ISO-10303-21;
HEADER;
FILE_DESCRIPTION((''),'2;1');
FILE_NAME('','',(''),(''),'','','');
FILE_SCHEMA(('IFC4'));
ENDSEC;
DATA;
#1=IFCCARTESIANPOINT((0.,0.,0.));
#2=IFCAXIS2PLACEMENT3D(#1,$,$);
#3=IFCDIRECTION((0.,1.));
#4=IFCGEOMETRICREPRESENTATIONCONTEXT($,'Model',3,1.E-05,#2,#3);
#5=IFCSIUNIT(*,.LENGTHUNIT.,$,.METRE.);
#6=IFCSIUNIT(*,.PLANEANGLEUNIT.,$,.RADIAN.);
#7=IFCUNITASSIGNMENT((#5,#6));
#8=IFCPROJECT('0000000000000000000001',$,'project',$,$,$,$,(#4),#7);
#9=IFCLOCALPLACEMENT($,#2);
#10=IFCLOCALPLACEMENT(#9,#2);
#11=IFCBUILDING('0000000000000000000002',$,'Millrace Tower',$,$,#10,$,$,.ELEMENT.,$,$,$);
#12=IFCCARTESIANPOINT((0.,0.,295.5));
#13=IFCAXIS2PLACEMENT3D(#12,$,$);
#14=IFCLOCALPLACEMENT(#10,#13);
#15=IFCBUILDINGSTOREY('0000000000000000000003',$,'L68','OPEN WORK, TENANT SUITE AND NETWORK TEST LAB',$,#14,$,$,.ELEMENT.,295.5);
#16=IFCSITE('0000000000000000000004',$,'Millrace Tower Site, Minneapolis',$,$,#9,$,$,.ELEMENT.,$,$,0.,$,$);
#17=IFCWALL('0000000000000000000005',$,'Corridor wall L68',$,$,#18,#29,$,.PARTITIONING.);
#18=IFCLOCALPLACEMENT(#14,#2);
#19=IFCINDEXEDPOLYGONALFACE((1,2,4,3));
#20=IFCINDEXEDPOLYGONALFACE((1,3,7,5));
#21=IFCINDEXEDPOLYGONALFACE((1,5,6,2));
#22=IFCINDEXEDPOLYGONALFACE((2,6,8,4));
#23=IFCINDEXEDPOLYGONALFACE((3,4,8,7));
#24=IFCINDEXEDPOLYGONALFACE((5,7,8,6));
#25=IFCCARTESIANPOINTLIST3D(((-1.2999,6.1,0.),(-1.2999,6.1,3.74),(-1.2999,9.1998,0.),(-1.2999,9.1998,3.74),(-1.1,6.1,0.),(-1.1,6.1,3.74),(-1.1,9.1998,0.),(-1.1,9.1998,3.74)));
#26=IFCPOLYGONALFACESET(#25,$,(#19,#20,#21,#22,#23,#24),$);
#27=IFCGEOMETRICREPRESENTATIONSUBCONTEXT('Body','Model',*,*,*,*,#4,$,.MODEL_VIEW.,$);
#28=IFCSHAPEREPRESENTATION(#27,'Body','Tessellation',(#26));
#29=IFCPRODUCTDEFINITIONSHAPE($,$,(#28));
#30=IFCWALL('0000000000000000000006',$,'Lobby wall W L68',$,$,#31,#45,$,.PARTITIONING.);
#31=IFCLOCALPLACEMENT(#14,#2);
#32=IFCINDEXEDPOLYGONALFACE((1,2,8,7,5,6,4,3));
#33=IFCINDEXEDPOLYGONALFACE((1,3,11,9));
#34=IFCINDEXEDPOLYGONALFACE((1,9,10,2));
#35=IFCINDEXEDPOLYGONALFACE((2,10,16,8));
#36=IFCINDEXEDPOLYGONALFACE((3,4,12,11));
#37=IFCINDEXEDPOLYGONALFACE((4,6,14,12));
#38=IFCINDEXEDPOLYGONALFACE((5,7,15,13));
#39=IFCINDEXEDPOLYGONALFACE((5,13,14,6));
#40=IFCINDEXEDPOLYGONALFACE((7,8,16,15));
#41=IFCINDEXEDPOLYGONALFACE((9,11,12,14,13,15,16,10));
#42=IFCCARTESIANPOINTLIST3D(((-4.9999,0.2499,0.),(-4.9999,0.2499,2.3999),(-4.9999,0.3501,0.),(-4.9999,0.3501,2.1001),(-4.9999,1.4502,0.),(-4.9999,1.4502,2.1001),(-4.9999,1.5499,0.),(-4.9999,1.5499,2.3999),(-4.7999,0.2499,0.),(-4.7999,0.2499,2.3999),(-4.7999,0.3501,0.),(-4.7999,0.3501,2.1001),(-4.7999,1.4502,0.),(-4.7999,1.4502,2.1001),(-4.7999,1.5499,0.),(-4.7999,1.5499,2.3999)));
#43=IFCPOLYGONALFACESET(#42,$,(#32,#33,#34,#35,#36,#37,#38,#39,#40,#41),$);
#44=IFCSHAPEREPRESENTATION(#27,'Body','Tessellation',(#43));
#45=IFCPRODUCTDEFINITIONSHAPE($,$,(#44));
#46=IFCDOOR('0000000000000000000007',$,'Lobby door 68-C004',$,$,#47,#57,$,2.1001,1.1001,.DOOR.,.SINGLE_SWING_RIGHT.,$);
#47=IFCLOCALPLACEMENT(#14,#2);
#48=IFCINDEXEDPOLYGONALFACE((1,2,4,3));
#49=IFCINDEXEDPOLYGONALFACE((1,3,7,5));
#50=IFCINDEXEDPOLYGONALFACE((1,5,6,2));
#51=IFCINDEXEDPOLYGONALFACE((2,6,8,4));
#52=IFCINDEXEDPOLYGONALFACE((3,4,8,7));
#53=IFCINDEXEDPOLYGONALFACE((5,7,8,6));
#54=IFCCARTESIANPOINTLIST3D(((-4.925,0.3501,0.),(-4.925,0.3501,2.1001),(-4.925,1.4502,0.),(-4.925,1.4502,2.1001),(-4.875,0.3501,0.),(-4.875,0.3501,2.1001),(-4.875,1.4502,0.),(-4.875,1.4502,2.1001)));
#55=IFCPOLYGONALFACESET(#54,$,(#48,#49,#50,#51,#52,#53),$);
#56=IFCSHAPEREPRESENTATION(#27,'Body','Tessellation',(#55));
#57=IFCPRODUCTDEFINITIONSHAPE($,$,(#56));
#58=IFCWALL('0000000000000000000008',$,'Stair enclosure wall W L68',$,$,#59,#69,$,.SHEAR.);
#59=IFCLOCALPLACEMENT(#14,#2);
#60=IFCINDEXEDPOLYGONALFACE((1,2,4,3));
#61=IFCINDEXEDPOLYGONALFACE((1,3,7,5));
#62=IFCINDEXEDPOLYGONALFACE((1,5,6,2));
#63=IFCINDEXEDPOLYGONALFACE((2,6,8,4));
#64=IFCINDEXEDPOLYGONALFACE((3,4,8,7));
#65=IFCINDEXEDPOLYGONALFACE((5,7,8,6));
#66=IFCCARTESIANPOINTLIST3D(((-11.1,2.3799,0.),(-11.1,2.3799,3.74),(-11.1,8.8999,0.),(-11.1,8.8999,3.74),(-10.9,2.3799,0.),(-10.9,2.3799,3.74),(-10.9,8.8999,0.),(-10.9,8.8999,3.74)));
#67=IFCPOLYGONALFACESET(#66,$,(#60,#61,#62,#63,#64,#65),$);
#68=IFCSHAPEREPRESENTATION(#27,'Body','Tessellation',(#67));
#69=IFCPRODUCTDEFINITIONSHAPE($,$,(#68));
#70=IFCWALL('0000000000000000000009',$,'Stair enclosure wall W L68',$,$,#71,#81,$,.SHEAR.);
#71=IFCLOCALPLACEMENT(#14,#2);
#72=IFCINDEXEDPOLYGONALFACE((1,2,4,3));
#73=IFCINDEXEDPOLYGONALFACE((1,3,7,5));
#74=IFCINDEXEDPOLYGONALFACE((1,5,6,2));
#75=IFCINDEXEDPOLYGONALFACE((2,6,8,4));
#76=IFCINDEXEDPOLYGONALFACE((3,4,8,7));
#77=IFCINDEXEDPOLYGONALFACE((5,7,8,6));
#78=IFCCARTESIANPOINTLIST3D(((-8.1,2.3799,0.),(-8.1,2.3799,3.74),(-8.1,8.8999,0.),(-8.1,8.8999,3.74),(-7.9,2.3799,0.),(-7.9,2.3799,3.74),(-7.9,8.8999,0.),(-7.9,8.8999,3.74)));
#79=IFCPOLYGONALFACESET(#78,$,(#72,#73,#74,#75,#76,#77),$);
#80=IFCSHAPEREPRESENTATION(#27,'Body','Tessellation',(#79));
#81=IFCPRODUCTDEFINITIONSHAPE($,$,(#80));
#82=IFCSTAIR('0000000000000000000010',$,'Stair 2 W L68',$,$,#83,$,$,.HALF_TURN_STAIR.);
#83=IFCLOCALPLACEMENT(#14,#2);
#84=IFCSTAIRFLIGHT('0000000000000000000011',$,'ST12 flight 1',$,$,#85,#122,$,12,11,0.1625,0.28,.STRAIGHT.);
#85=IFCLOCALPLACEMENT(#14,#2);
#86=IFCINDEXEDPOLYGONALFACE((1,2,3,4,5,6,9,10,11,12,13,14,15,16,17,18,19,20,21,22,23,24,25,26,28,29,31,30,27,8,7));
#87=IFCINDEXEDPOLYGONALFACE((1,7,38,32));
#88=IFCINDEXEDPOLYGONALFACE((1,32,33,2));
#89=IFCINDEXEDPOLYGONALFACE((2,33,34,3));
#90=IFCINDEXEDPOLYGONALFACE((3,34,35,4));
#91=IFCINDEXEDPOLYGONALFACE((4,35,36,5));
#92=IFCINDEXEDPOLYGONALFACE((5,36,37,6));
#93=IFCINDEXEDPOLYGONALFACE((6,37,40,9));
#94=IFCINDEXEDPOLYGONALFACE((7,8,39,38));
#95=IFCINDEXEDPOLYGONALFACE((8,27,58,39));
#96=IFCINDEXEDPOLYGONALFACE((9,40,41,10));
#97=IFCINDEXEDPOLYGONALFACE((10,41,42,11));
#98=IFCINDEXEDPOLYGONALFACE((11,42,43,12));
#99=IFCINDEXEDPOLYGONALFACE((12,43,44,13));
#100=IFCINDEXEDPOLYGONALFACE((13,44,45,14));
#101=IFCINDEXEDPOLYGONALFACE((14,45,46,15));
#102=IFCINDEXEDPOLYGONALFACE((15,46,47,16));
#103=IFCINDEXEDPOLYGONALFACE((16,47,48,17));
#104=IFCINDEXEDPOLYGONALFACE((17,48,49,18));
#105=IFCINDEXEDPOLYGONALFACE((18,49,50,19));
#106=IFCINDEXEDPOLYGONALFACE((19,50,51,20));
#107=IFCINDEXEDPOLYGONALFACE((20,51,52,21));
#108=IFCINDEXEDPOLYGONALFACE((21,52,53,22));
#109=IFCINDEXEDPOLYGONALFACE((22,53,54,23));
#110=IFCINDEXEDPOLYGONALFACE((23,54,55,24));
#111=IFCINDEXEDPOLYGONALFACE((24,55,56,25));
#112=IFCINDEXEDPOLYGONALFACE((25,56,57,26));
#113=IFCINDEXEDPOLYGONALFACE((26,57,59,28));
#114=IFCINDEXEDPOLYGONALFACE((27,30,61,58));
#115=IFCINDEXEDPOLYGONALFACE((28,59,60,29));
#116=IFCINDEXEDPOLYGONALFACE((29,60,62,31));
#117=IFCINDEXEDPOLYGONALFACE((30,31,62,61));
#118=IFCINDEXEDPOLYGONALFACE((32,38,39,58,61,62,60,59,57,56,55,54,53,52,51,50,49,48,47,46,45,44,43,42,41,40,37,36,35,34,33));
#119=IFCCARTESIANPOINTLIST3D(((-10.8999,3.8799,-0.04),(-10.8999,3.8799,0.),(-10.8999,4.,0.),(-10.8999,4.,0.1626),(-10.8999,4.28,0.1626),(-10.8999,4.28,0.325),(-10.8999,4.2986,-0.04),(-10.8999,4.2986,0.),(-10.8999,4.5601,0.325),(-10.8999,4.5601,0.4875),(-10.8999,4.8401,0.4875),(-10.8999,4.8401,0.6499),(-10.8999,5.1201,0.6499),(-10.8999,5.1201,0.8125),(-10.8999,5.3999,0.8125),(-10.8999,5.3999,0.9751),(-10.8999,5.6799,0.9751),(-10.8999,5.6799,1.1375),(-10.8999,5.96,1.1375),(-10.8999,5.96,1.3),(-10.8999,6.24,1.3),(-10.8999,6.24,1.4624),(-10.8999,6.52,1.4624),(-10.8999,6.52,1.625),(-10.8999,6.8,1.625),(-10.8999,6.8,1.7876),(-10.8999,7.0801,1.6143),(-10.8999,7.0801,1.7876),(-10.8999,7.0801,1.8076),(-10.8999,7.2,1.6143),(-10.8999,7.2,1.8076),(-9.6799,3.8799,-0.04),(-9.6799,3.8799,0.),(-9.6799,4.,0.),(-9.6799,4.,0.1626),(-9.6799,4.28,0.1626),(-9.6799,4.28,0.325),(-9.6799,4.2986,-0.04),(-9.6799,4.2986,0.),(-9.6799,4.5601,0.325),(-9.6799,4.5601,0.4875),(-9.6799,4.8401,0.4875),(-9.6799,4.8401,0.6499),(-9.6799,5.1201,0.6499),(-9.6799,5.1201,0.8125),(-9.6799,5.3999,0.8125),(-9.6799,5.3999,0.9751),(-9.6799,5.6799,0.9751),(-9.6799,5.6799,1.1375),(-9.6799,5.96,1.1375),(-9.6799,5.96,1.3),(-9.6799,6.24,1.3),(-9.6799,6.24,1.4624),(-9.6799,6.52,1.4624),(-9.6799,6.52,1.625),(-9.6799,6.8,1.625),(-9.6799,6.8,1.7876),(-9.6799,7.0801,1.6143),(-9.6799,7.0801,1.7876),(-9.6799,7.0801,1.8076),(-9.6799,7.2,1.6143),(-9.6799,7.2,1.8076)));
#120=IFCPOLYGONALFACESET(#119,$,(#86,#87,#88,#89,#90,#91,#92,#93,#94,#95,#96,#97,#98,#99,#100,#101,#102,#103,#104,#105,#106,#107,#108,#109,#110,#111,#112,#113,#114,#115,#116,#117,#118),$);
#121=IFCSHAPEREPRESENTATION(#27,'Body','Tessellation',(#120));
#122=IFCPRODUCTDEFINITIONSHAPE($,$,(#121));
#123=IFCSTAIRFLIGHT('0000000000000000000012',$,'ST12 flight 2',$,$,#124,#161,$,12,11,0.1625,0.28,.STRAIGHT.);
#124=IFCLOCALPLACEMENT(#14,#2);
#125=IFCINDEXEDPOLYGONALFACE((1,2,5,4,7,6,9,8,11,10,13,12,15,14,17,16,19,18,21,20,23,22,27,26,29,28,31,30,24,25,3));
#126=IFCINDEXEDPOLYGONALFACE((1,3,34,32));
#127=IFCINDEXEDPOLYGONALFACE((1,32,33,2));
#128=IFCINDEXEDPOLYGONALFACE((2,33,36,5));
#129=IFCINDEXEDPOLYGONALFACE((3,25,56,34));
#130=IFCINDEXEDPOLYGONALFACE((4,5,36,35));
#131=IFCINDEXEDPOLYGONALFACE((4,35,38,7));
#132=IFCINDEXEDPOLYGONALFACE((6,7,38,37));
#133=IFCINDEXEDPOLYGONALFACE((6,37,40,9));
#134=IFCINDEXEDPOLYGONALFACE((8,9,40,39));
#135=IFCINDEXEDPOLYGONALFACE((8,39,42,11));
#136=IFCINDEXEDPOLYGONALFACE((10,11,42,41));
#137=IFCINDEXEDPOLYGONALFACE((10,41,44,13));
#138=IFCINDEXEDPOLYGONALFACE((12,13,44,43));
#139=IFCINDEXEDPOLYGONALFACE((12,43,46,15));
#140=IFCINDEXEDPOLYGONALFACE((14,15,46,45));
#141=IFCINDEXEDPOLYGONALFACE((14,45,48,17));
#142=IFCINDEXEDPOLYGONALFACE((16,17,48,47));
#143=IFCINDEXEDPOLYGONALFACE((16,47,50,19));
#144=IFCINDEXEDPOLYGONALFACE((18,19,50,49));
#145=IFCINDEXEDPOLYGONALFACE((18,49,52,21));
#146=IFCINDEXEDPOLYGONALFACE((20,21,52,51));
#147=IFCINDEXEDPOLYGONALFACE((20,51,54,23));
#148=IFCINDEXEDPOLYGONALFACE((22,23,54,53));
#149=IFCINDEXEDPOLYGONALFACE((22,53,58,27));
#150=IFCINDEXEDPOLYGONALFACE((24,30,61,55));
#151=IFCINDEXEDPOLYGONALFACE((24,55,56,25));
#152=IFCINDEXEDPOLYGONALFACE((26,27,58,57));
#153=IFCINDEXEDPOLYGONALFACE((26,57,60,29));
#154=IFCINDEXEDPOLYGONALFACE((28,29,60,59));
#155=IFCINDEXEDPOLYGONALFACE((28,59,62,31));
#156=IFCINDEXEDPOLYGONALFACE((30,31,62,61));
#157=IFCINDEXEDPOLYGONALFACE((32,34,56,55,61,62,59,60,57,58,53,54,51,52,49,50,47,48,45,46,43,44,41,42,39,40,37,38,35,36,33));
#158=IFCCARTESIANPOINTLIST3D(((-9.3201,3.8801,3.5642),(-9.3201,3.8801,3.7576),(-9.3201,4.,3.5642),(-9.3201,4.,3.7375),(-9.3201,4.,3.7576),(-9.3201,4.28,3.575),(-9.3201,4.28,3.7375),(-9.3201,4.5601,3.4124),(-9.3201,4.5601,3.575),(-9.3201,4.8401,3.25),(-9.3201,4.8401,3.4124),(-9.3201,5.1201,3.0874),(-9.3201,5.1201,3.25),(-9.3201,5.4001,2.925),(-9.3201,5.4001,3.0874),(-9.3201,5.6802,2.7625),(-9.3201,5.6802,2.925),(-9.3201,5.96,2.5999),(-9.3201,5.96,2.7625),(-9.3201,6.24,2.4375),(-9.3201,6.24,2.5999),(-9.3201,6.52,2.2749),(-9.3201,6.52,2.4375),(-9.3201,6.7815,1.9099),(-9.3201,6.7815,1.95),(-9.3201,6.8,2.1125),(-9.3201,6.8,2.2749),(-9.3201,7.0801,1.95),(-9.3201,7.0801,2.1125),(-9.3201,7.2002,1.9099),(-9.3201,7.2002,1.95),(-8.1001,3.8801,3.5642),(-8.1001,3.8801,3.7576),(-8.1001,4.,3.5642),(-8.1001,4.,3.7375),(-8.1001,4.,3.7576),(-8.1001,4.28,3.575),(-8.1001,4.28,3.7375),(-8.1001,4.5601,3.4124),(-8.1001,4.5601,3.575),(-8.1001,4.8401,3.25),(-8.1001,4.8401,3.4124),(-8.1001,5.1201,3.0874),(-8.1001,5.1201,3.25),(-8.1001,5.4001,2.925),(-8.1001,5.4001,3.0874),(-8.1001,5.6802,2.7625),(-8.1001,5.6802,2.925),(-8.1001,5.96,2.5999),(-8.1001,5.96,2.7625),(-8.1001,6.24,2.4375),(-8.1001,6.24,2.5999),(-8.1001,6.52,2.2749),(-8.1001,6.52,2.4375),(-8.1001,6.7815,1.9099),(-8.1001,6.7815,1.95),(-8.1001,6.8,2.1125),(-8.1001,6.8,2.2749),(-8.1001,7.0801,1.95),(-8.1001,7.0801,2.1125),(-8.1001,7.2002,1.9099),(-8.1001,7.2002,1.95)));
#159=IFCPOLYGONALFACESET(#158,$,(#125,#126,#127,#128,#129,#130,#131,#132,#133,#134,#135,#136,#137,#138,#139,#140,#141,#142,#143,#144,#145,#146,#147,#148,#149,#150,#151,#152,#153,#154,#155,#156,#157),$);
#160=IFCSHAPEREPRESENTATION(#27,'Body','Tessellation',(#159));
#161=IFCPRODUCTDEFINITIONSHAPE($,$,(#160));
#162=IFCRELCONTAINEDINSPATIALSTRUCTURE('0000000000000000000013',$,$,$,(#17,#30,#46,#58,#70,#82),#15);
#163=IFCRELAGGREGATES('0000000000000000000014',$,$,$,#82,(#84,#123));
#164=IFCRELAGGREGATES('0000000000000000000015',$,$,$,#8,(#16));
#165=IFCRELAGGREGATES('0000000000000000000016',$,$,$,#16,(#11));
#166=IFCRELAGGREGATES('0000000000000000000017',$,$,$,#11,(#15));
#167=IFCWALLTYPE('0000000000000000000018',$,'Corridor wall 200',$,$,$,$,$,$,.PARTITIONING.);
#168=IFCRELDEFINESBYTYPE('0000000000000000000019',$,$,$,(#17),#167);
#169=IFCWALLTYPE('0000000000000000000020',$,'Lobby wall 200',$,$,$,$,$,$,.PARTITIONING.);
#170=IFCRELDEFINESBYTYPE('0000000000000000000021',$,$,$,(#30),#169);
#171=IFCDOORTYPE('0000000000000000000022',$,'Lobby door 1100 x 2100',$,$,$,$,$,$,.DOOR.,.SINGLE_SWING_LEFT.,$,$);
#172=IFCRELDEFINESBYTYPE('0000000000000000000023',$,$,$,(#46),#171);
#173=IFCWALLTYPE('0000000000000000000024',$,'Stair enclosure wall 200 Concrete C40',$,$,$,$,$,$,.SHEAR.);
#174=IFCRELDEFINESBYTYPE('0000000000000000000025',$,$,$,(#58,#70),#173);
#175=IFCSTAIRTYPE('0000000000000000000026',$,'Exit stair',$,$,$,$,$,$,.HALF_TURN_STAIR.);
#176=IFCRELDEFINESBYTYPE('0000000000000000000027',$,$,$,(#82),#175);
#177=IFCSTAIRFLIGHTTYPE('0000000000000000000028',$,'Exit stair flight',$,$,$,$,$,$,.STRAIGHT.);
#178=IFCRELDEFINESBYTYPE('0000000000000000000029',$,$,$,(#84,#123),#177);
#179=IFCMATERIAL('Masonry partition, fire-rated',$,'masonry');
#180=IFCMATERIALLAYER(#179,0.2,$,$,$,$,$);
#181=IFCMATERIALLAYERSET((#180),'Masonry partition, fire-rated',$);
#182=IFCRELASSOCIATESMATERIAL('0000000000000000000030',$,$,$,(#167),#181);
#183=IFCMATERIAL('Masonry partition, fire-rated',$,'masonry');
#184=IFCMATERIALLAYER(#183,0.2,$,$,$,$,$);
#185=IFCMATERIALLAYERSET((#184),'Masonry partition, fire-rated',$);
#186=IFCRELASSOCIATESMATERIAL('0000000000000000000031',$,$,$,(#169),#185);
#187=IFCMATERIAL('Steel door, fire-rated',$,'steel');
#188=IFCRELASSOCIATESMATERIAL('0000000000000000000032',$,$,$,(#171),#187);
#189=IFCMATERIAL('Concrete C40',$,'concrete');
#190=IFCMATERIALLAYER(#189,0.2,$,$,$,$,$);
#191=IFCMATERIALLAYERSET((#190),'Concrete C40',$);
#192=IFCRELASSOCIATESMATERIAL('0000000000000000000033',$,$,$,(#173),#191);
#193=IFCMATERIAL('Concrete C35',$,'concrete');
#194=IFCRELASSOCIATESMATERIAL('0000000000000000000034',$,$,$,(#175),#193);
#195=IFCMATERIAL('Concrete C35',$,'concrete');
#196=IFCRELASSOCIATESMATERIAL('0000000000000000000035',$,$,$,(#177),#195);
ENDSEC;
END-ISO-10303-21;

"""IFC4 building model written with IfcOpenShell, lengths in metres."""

from ifc_helpers import new_model, si_unit, direction, frame, frame_2d, origin, place, context, subcontext, project, spatial, polyline, rectangle, outline, extrude, material, layer, layer_set, type_object, element, fill, aggregate, save


model = new_model("IFC4")

# Units and contexts
model_context = context("Model", 3, precision=1e-05, world=origin(), true_north=direction((0.0, 1.0)))
body_context = subcontext(model_context, "Body", "Model", "MODEL_VIEW")
ifc_project = project(units=[si_unit("LENGTHUNIT", "METRE"), si_unit("PLANEANGLEUNIT", "RADIAN")], contexts=[model_context])

# Site, building, storey
site_placement = place(None, origin())
site = spatial("IfcSite", under=ifc_project, at=site_placement, Name="Millrace Tower Site, Minneapolis", CompositionType="ELEMENT", RefElevation=0.0)
building_placement = place(site_placement, origin())
building = spatial("IfcBuilding", under=site, at=building_placement, Name="Millrace Tower", CompositionType="ELEMENT")
storey_placement = place(building_placement, frame((0.0, 0.0, 295.5)))
storey = spatial("IfcBuildingStorey", under=building, at=storey_placement, Name="L68", Description="OPEN WORK, TENANT SUITE AND NETWORK TEST LAB", CompositionType="ELEMENT", Elevation=295.5)

# Shared definitions
placement_1 = place(storey_placement, origin())

# Shared definitions
ifc_material_1 = material(Name="Masonry partition, fire-rated", Category="masonry")
ifc_layer_1 = layer(ifc_material_1, 0.2)
ifc_layer_set_1 = layer_set([ifc_layer_1], Name="Masonry partition, fire-rated")
wall_type_1 = type_object("IfcWallType", Name="Corridor wall 200", PredefinedType="PARTITIONING", material=ifc_layer_set_1)

# Wall
wall_1_placement = place(storey_placement, frame((-1.2, 6.1001, 0.0), z_axis=(0.0, 0.0, 1.0), x_axis=(0.0, 1.0, 0.0)))
element("IfcWall", 1, at=wall_1_placement, inside=storey, type_object=wall_type_1, Name="Corridor wall L68", PredefinedType="PARTITIONING", context=body_context, shape_type="SweptSolid", body=[
    extrude(rectangle(XDim=3.0999, YDim=0.2, at=frame_2d((1.5498, 0.0))), origin(), (0.0, 0.0, 1.0), 3.74),
])

# Wall, opening, door
ifc_material_2 = material(Name="Masonry partition, fire-rated", Category="masonry")
ifc_layer_2 = layer(ifc_material_2, 0.2)
ifc_layer_set_2 = layer_set([ifc_layer_2], Name="Masonry partition, fire-rated")
wall_type_2 = type_object("IfcWallType", Name="Lobby wall 200", PredefinedType="PARTITIONING", material=ifc_layer_set_2)
wall_2_placement = place(storey_placement, frame((-4.8999, 0.25, 0.0), z_axis=(0.0, 0.0, 1.0), x_axis=(0.0, 1.0, 0.0)))
wall_2 = element("IfcWall", 2, at=wall_2_placement, inside=storey, type_object=wall_type_2, Name="Lobby wall W L68", PredefinedType="PARTITIONING", context=body_context, shape_type="SweptSolid", body=[
    extrude(rectangle(XDim=1.3, YDim=0.2, at=frame_2d((0.6499, 0.0))), origin(), (0.0, 0.0, 1.0), 2.3999),
])
opening_1_placement = place(wall_2_placement, frame((0.1001, 0.0, 0.0)))
opening_1 = element("IfcOpeningElement", 3, at=opening_1_placement, cuts=wall_2, PredefinedType="OPENING", context=body_context, shape_type="SweptSolid", body=[
    extrude(rectangle(XDim=1.1001, YDim=2.1001, at=frame_2d((0.55, 1.05))), frame((0.0, 0.1099, 0.0), z_axis=(0.0, -1.0, 0.0), x_axis=(1.0, 0.0, 0.0)), (0.0, 0.0, 1.0), 0.22),
])
ifc_material_3 = material(Name="Steel door, fire-rated", Category="steel")
door_type_1 = type_object("IfcDoorType", Name="Lobby door 1100 x 2100", OperationType="SINGLE_SWING_LEFT", PredefinedType="DOOR", material=ifc_material_3)
door_1_placement = place(opening_1_placement, frame((1.1001, 0.0, 0.0), z_axis=(0.0, 0.0, 1.0), x_axis=(-1.0, 0.0, 0.0)))
door_1 = element("IfcDoor", 4, at=door_1_placement, inside=storey, type_object=door_type_1, Name="Lobby door 68-C004", OperationType="SINGLE_SWING_RIGHT", OverallHeight=2.1001, OverallWidth=1.1001, PredefinedType="DOOR", context=body_context, shape_type="SweptSolid", body=[
    extrude(rectangle(XDim=1.1001, YDim=2.1001, at=frame_2d((0.55, 1.05))), frame((0.0, 0.0249, 0.0), z_axis=(0.0, -1.0, 0.0), x_axis=(1.0, 0.0, 0.0)), (0.0, 0.0, 1.0), 0.05),
])
fill(opening_1, door_1)

# Walls
ifc_material_4 = material(Name="Concrete C40", Category="concrete")
ifc_layer_3 = layer(ifc_material_4, 0.2)
ifc_layer_set_3 = layer_set([ifc_layer_3], Name="Concrete C40")
wall_type_3 = type_object("IfcWallType", Name="Stair enclosure wall 200 Concrete C40", PredefinedType="SHEAR", material=ifc_layer_set_3)
for number, where, z_axis, x_axis, name in (
    (5, (-11.0, 2.3799, 0.0), (0.0, 0.0, 1.0), (0.0, 1.0, 0.0), "Stair enclosure wall W L68"),
    (6, (-8.0, 2.3799, 0.0), (0.0, 0.0, 1.0), (0.0, 1.0, 0.0), "Stair enclosure wall W L68"),
):
    element("IfcWall", number, at=place(storey_placement, frame(where, z_axis=z_axis, x_axis=x_axis)), inside=storey, type_object=wall_type_3, Name=name, PredefinedType="SHEAR", context=body_context, shape_type="SweptSolid", body=[
        extrude(rectangle(XDim=6.52, YDim=0.2, at=frame_2d((3.26, 0.0))), origin(), (0.0, 0.0, 1.0), 3.74),
    ])

# Stair, stair flights
ifc_material_5 = material(Name="Concrete C35", Category="concrete")
stair_type = type_object("IfcStairType", Name="Exit stair", PredefinedType="HALF_TURN_STAIR", material=ifc_material_5)
stair_1 = element("IfcStair", 7, at=placement_1, inside=storey, type_object=stair_type, Name="Stair 2 W L68", PredefinedType="HALF_TURN_STAIR")
ifc_material_6 = material(Name="Concrete C35", Category="concrete")
stair_flight_type = type_object("IfcStairFlightType", Name="Exit stair flight", PredefinedType="STRAIGHT", material=ifc_material_6)
stair_flight_1_placement = place(storey_placement, frame((-10.29, 4.0, 0.0), z_axis=(0.0, 0.0, 1.0), x_axis=(0.0, 1.0, 0.0)))
stair_flight_1 = element("IfcStairFlight", 8, at=stair_flight_1_placement, type_object=stair_flight_type, Name="ST12 flight 1", NumberOfRisers=12, NumberOfTreads=11, PredefinedType="STRAIGHT", RiserHeight=0.1625, TreadLength=0.28, context=body_context, shape_type="SweptSolid", body=[
    extrude(outline(polyline([(-0.1201, -0.04), (-0.1201, 0.0), (0.0, 0.0), (0.0, 0.1626), (0.28, 0.1626), (0.28, 0.325), (0.5601, 0.325), (0.5601, 0.4875), (0.8401, 0.4875), (0.8401, 0.6499), (1.1201, 0.6499), (1.1201, 0.8125), (1.3999, 0.8125), (1.3999, 0.9751), (1.6799, 0.9751), (1.6799, 1.1375), (1.96, 1.1375), (1.96, 1.3), (2.24, 1.3), (2.24, 1.4624), (2.52, 1.4624), (2.52, 1.625), (2.8, 1.625), (2.8, 1.7876), (3.0801, 1.7876), (3.0801, 1.8076), (3.2, 1.8076), (3.2, 1.6143), (3.0801, 1.6143), (0.2986, 0.0), (0.2986, -0.04), (-0.1201, -0.04)])), frame((0.0, 0.6099, 0.0), z_axis=(0.0, -1.0, 0.0), x_axis=(1.0, 0.0, 0.0)), (0.0, 0.0, 1.0), 1.22),
])
stair_flight_2_placement = place(storey_placement, frame((-8.71, 7.0801, 1.95), z_axis=(0.0, 0.0, 1.0), x_axis=(0.0, -1.0, 0.0)))
stair_flight_2 = element("IfcStairFlight", 9, at=stair_flight_2_placement, type_object=stair_flight_type, Name="ST12 flight 2", NumberOfRisers=12, NumberOfTreads=11, PredefinedType="STRAIGHT", RiserHeight=0.1625, TreadLength=0.28, context=body_context, shape_type="SweptSolid", body=[
    extrude(outline(polyline([(-0.1201, -0.04), (-0.1201, 0.0), (0.0, 0.0), (0.0, 0.1626), (0.28, 0.1626), (0.28, 0.325), (0.5601, 0.325), (0.5601, 0.4875), (0.8401, 0.4875), (0.8401, 0.6499), (1.1201, 0.6499), (1.1201, 0.8125), (1.3999, 0.8125), (1.3999, 0.9751), (1.6799, 0.9751), (1.6799, 1.1375), (1.96, 1.1375), (1.96, 1.3), (2.24, 1.3), (2.24, 1.4624), (2.52, 1.4624), (2.52, 1.625), (2.8, 1.625), (2.8, 1.7876), (3.0801, 1.7876), (3.0801, 1.8076), (3.2, 1.8076), (3.2, 1.6143), (3.0801, 1.6143), (0.2986, 0.0), (0.2986, -0.04), (-0.1201, -0.04)])), frame((0.0, 0.6099, 0.0), z_axis=(0.0, -1.0, 0.0), x_axis=(1.0, 0.0, 0.0)), (0.0, 0.0, 1.0), 1.22),
])
aggregate(stair_1, [stair_flight_1, stair_flight_2])

save(model, "model.ifc")
